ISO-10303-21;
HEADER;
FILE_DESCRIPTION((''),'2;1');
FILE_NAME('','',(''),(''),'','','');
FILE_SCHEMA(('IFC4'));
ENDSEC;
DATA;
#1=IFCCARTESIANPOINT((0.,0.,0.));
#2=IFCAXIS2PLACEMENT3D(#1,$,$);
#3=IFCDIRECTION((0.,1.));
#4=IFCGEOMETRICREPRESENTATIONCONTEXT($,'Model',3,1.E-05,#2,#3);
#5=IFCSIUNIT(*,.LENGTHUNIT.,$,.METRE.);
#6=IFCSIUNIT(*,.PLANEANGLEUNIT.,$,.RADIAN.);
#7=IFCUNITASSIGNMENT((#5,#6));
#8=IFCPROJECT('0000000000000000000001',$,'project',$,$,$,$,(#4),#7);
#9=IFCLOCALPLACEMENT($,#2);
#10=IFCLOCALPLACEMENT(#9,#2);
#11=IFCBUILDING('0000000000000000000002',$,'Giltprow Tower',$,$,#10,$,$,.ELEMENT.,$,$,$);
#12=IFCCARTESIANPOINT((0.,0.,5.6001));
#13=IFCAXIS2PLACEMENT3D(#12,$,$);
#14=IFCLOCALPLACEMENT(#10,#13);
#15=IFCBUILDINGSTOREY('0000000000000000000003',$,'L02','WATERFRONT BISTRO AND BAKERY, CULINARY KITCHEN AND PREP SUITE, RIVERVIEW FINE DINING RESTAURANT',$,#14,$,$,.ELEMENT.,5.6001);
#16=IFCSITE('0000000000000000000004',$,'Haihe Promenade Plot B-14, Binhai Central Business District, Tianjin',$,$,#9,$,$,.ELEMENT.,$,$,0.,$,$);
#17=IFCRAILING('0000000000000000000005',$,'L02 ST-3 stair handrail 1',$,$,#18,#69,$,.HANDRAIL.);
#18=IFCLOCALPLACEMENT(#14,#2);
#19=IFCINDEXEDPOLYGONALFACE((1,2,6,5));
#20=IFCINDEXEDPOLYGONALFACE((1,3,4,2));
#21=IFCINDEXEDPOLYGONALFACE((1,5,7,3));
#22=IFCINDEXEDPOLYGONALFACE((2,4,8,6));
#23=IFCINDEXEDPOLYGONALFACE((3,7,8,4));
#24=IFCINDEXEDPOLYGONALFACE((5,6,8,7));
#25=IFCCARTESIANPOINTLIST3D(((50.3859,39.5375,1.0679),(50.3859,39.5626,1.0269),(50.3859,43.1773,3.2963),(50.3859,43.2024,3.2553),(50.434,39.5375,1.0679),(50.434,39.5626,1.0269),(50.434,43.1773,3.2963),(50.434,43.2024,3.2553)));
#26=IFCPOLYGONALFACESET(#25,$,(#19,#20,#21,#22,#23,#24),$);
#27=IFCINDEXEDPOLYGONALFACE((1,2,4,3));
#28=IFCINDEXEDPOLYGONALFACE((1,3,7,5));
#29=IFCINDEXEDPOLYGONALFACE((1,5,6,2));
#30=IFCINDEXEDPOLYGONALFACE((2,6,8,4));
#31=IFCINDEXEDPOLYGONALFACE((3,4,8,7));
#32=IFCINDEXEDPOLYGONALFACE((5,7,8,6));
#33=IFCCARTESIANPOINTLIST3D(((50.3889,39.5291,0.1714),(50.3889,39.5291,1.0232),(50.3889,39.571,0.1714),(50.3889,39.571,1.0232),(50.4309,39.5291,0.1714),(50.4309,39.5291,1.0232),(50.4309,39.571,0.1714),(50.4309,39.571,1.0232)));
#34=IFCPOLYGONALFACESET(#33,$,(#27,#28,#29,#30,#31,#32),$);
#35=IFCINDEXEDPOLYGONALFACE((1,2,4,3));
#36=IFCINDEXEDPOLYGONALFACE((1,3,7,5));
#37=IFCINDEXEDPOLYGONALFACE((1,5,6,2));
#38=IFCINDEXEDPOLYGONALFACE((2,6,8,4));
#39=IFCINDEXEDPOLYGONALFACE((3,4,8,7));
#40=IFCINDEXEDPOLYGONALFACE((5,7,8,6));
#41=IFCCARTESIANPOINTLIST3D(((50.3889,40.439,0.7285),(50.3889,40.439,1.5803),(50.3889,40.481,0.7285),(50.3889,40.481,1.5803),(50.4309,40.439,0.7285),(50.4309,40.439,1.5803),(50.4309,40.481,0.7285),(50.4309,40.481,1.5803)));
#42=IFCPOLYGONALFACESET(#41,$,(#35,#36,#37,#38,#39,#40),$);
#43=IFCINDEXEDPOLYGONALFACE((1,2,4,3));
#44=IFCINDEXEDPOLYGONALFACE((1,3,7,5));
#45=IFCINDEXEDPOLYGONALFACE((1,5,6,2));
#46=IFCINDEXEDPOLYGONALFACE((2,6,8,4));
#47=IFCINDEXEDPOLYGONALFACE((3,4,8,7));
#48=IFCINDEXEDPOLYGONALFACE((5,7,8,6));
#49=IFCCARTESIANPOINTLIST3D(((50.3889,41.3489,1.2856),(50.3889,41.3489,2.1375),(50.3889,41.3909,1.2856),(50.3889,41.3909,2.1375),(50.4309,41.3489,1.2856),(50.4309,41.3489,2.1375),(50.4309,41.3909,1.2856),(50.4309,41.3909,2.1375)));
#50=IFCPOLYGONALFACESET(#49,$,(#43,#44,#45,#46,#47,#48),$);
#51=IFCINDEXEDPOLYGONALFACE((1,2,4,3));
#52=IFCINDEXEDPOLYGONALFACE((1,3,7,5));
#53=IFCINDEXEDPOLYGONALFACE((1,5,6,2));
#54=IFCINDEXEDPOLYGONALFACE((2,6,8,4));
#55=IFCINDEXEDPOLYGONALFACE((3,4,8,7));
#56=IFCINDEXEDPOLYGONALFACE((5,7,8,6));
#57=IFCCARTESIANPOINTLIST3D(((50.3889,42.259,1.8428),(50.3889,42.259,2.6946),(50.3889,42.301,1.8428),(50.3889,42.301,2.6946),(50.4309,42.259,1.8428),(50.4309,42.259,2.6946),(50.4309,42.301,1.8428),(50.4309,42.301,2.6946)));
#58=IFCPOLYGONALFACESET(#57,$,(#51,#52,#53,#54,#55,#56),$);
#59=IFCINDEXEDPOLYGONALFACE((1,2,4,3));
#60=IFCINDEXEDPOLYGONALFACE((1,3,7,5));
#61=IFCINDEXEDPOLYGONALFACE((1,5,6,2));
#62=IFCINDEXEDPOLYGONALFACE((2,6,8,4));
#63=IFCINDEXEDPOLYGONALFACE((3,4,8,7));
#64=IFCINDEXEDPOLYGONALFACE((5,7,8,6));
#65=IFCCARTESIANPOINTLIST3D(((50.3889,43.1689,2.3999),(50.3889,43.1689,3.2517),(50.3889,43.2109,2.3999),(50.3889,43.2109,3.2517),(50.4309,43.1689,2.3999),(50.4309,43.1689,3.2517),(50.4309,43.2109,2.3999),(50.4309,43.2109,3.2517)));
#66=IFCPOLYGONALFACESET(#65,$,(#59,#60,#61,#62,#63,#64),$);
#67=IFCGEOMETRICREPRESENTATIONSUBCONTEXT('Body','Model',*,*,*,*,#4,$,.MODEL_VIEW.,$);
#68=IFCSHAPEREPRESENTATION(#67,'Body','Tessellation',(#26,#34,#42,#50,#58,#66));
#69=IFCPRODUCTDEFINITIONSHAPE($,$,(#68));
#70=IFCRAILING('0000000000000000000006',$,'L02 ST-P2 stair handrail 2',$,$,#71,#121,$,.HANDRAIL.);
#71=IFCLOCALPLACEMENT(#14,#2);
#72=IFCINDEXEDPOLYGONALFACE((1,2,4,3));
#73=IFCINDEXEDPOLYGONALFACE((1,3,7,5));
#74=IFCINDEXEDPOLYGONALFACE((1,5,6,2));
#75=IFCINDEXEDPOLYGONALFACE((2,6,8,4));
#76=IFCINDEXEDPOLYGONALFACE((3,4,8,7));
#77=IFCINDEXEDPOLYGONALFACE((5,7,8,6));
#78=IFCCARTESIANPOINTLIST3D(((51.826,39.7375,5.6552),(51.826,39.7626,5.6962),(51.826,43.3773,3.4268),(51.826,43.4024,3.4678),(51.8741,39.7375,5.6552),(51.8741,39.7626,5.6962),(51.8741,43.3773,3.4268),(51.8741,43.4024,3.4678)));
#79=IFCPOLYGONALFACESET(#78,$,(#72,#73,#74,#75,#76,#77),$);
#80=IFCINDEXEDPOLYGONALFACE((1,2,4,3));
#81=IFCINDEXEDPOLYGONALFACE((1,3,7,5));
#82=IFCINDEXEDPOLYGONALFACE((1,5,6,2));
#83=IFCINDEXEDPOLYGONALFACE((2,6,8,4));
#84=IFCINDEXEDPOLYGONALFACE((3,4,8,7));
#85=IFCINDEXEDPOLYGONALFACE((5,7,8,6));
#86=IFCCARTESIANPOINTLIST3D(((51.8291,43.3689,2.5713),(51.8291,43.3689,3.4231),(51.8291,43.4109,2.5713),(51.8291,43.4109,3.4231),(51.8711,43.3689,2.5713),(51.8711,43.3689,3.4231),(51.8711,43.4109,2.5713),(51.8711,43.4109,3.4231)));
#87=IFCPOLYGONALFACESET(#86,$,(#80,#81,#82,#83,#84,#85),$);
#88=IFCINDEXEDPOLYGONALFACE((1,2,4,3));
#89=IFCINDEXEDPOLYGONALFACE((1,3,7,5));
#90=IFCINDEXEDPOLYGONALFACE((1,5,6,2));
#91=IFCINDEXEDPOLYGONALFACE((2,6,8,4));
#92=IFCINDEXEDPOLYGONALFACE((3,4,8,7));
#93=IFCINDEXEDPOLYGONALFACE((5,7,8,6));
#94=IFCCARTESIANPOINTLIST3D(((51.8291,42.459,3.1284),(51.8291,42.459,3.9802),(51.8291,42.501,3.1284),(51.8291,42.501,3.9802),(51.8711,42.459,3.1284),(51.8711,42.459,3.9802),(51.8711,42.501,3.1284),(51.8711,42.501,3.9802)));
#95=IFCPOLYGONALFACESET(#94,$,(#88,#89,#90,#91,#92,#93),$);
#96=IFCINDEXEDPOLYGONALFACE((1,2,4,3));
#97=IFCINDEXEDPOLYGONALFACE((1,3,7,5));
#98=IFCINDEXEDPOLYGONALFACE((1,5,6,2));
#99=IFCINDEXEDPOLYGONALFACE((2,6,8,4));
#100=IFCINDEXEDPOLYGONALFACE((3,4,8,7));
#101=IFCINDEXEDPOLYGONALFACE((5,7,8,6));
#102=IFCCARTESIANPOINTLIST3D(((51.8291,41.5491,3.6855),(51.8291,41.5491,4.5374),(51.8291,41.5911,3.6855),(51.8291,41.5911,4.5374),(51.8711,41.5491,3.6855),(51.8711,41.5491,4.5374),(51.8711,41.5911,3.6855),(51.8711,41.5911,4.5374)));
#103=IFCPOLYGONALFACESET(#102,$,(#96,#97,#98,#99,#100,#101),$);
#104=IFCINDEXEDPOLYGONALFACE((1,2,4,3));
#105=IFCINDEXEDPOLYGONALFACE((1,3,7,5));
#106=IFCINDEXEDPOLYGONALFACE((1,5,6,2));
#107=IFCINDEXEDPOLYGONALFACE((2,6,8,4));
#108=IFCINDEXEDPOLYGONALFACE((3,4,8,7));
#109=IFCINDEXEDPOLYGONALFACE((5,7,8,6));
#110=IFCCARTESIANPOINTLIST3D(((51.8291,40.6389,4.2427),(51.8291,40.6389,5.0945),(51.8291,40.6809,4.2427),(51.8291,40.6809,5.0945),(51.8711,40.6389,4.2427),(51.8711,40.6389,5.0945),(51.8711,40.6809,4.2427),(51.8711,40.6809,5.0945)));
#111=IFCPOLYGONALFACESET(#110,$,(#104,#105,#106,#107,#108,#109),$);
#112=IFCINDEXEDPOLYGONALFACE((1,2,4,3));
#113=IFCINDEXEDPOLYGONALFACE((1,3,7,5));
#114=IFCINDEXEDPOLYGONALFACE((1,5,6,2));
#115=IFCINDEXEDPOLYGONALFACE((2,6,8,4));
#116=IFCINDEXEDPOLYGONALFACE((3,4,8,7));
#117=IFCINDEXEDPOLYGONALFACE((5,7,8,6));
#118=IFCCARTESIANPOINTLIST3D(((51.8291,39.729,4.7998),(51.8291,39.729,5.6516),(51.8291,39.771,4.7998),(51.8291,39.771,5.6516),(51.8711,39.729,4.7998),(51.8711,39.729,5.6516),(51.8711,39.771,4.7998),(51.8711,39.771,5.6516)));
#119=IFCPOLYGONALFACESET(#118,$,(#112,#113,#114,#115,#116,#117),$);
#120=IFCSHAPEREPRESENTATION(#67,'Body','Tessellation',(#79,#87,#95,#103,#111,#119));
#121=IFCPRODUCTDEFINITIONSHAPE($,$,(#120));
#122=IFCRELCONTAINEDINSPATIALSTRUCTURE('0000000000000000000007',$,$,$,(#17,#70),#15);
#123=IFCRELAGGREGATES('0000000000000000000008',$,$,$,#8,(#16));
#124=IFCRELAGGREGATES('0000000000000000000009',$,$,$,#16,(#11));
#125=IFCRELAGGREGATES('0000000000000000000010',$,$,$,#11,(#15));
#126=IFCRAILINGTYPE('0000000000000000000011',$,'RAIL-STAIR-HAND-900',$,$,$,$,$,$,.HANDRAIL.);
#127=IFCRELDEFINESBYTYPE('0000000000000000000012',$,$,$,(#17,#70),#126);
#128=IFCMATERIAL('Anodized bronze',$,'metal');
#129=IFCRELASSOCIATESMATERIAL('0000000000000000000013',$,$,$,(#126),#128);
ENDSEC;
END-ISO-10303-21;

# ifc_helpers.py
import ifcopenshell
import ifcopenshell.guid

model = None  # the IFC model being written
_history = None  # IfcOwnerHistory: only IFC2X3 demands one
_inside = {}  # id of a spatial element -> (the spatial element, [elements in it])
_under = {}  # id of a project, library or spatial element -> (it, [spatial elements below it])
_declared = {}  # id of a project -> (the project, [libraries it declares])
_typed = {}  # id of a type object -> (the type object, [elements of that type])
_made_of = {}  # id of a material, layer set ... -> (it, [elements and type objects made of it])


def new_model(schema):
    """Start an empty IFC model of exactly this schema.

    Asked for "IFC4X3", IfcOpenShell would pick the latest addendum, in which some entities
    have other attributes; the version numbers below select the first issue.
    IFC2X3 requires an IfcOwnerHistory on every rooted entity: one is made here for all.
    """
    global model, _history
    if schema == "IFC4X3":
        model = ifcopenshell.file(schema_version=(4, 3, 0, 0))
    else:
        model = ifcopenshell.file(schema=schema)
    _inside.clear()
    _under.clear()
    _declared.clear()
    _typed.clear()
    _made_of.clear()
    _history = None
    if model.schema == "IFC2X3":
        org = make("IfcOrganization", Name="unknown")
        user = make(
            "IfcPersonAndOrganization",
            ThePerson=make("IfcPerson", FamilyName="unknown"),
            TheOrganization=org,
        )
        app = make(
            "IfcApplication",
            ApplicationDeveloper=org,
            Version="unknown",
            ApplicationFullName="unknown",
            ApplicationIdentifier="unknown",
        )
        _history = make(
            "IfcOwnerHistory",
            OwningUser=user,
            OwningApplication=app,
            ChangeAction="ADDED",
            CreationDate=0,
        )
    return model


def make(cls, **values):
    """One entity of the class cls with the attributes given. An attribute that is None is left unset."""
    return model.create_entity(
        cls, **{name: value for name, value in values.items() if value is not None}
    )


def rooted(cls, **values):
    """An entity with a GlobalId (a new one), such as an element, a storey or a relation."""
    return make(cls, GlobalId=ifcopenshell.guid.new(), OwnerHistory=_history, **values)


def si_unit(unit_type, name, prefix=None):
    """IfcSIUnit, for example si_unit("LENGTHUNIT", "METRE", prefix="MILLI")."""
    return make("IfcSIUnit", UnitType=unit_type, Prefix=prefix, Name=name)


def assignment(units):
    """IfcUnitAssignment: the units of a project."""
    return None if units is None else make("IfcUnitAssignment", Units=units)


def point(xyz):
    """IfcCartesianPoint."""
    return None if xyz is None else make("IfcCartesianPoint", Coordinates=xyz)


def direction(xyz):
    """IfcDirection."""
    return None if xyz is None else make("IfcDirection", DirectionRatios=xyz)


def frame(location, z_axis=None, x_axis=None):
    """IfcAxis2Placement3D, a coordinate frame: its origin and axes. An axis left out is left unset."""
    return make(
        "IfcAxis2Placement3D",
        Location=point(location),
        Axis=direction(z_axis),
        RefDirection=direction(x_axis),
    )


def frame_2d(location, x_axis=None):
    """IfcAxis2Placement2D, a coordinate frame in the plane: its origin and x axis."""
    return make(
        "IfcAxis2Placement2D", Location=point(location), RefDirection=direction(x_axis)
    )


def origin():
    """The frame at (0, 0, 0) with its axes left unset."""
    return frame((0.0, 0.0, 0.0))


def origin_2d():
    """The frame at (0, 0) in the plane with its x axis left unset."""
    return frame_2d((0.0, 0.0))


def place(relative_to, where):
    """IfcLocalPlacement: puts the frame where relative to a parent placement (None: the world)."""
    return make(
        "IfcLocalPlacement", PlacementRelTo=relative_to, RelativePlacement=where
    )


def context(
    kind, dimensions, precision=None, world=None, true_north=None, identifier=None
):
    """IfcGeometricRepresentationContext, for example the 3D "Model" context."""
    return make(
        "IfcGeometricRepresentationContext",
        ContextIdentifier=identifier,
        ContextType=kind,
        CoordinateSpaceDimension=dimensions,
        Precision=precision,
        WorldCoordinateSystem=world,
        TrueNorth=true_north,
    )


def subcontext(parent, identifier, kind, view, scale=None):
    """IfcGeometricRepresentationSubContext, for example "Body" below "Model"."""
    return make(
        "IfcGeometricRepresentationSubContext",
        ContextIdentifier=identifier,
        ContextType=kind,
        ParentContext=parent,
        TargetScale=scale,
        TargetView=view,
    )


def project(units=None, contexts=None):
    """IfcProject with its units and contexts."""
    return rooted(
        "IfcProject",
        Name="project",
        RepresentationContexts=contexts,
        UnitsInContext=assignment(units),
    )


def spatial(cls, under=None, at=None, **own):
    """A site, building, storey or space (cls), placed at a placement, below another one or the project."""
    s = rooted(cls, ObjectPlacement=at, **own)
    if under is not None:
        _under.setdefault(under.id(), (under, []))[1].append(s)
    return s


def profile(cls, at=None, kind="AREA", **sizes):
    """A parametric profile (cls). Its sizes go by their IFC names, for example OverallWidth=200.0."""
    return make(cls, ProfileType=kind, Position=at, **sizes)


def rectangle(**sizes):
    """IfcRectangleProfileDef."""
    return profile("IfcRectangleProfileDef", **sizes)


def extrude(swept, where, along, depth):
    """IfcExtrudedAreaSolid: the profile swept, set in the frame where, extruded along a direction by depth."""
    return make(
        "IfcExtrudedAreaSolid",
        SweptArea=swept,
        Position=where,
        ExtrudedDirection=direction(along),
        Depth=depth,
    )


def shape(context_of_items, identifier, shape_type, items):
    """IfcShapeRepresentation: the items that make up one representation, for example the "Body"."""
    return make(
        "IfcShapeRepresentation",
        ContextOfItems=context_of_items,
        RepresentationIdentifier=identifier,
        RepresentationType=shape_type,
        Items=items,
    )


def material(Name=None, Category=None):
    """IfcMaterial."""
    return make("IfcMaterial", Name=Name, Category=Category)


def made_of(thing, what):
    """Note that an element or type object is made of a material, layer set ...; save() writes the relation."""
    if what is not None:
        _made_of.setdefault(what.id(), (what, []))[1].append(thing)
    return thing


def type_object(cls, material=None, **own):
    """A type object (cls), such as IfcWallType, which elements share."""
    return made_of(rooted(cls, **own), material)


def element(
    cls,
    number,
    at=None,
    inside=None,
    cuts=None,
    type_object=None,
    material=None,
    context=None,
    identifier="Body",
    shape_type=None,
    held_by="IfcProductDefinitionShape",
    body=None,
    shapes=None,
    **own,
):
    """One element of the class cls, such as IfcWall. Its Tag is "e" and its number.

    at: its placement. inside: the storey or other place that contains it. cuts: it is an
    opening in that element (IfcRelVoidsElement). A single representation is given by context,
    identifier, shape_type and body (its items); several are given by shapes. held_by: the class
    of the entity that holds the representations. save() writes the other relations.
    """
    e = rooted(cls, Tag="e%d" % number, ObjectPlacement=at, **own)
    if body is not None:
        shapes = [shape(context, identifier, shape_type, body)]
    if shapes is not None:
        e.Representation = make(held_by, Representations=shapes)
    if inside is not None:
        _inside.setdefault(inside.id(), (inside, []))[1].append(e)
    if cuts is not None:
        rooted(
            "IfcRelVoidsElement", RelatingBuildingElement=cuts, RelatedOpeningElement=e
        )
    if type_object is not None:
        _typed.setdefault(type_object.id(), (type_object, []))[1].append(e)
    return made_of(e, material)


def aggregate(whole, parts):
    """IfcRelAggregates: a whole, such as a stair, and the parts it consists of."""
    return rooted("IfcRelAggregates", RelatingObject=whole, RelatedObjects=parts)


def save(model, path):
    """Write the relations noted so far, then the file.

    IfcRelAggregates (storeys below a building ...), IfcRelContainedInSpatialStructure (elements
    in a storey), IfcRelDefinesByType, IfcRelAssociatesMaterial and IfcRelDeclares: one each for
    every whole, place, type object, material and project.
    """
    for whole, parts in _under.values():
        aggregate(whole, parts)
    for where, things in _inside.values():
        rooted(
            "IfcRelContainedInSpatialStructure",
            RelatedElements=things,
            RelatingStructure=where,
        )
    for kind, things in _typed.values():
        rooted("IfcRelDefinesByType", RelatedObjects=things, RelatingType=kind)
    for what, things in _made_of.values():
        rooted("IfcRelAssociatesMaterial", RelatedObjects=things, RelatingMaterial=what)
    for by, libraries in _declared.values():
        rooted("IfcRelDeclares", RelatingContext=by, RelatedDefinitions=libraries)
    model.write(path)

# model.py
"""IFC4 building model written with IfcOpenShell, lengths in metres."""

from ifc_helpers import new_model, si_unit, direction, frame, origin, origin_2d, place, context, subcontext, project, spatial, rectangle, extrude, material, type_object, element, save


model = new_model("IFC4")

# Units and contexts
model_context = context("Model", 3, precision=1e-05, world=origin(), true_north=direction((0.0, 1.0)))
body_context = subcontext(model_context, "Body", "Model", "MODEL_VIEW")
ifc_project = project(units=[si_unit("LENGTHUNIT", "METRE"), si_unit("PLANEANGLEUNIT", "RADIAN")], contexts=[model_context])

# Site, building, storey
site_placement = place(None, origin())
site = spatial("IfcSite", under=ifc_project, at=site_placement, Name="Haihe Promenade Plot B-14, Binhai Central Business District, Tianjin", CompositionType="ELEMENT", RefElevation=0.0)
building_placement = place(site_placement, origin())
building = spatial("IfcBuilding", under=site, at=building_placement, Name="Giltprow Tower", CompositionType="ELEMENT")
storey_placement = place(building_placement, frame((0.0, 0.0, 5.6001)))
storey = spatial("IfcBuildingStorey", under=building, at=storey_placement, Name="L02", Description="WATERFRONT BISTRO AND BAKERY, CULINARY KITCHEN AND PREP SUITE, RIVERVIEW FINE DINING RESTAURANT", CompositionType="ELEMENT", Elevation=5.6001)

# Railings
ifc_material_1 = material(Name="Anodized bronze", Category="metal")
railing_type_1 = type_object("IfcRailingType", Name="RAIL-STAIR-HAND-900", PredefinedType="HANDRAIL", material=ifc_material_1)
railing_1_placement = place(storey_placement, frame((50.4099, 39.55, 0.1714)))
element("IfcRailing", 1, at=railing_1_placement, inside=storey, type_object=railing_type_1, Name="L02 ST-3 stair handrail 1", PredefinedType="HANDRAIL", context=body_context, shape_type="SweptSolid", body=[
    extrude(rectangle(XDim=0.0481, YDim=0.0481, at=origin_2d()), frame((0.0, 0.0, 0.876), z_axis=(0.0, 0.85285, 0.522156), x_axis=(-1.0, 0.0, 0.0)), (0.0, 0.0, 1.0), 4.2678),
    extrude(rectangle(XDim=0.042, YDim=0.042, at=origin_2d()), origin(), (0.0, 0.0, 1.0), 0.8518),
    extrude(rectangle(XDim=0.042, YDim=0.042, at=origin_2d()), frame((0.0, 0.9099, 0.5571)), (0.0, 0.0, 1.0), 0.8518),
    extrude(rectangle(XDim=0.042, YDim=0.042, at=origin_2d()), frame((0.0, 1.8198, 1.1143)), (0.0, 0.0, 1.0), 0.8518),
    extrude(rectangle(XDim=0.042, YDim=0.042, at=origin_2d()), frame((0.0, 2.73, 1.6714)), (0.0, 0.0, 1.0), 0.8518),
    extrude(rectangle(XDim=0.042, YDim=0.042, at=origin_2d()), frame((0.0, 3.6399, 2.2285)), (0.0, 0.0, 1.0), 0.8518),
])
railing_2_placement = place(storey_placement, frame((51.8501, 43.3899, 2.5713)))
element("IfcRailing", 2, at=railing_2_placement, inside=storey, type_object=railing_type_1, Name="L02 ST-P2 stair handrail 2", PredefinedType="HANDRAIL", context=body_context, shape_type="SweptSolid", body=[
    extrude(rectangle(XDim=0.0481, YDim=0.0481, at=origin_2d()), frame((0.0, 0.0, 0.876), z_axis=(0.0, -0.85285, 0.522156), x_axis=(1.0, 0.0, 0.0)), (0.0, 0.0, 1.0), 4.2678),
    extrude(rectangle(XDim=0.042, YDim=0.042, at=origin_2d()), origin(), (0.0, 0.0, 1.0), 0.8518),
    extrude(rectangle(XDim=0.042, YDim=0.042, at=origin_2d()), frame((0.0, -0.9099, 0.5571)), (0.0, 0.0, 1.0), 0.8518),
    extrude(rectangle(XDim=0.042, YDim=0.042, at=origin_2d()), frame((0.0, -1.8198, 1.1143)), (0.0, 0.0, 1.0), 0.8518),
    extrude(rectangle(XDim=0.042, YDim=0.042, at=origin_2d()), frame((0.0, -2.73, 1.6714)), (0.0, 0.0, 1.0), 0.8518),
    extrude(rectangle(XDim=0.042, YDim=0.042, at=origin_2d()), frame((0.0, -3.6399, 2.2285)), (0.0, 0.0, 1.0), 0.8518),
])

save(model, "model.ifc")
